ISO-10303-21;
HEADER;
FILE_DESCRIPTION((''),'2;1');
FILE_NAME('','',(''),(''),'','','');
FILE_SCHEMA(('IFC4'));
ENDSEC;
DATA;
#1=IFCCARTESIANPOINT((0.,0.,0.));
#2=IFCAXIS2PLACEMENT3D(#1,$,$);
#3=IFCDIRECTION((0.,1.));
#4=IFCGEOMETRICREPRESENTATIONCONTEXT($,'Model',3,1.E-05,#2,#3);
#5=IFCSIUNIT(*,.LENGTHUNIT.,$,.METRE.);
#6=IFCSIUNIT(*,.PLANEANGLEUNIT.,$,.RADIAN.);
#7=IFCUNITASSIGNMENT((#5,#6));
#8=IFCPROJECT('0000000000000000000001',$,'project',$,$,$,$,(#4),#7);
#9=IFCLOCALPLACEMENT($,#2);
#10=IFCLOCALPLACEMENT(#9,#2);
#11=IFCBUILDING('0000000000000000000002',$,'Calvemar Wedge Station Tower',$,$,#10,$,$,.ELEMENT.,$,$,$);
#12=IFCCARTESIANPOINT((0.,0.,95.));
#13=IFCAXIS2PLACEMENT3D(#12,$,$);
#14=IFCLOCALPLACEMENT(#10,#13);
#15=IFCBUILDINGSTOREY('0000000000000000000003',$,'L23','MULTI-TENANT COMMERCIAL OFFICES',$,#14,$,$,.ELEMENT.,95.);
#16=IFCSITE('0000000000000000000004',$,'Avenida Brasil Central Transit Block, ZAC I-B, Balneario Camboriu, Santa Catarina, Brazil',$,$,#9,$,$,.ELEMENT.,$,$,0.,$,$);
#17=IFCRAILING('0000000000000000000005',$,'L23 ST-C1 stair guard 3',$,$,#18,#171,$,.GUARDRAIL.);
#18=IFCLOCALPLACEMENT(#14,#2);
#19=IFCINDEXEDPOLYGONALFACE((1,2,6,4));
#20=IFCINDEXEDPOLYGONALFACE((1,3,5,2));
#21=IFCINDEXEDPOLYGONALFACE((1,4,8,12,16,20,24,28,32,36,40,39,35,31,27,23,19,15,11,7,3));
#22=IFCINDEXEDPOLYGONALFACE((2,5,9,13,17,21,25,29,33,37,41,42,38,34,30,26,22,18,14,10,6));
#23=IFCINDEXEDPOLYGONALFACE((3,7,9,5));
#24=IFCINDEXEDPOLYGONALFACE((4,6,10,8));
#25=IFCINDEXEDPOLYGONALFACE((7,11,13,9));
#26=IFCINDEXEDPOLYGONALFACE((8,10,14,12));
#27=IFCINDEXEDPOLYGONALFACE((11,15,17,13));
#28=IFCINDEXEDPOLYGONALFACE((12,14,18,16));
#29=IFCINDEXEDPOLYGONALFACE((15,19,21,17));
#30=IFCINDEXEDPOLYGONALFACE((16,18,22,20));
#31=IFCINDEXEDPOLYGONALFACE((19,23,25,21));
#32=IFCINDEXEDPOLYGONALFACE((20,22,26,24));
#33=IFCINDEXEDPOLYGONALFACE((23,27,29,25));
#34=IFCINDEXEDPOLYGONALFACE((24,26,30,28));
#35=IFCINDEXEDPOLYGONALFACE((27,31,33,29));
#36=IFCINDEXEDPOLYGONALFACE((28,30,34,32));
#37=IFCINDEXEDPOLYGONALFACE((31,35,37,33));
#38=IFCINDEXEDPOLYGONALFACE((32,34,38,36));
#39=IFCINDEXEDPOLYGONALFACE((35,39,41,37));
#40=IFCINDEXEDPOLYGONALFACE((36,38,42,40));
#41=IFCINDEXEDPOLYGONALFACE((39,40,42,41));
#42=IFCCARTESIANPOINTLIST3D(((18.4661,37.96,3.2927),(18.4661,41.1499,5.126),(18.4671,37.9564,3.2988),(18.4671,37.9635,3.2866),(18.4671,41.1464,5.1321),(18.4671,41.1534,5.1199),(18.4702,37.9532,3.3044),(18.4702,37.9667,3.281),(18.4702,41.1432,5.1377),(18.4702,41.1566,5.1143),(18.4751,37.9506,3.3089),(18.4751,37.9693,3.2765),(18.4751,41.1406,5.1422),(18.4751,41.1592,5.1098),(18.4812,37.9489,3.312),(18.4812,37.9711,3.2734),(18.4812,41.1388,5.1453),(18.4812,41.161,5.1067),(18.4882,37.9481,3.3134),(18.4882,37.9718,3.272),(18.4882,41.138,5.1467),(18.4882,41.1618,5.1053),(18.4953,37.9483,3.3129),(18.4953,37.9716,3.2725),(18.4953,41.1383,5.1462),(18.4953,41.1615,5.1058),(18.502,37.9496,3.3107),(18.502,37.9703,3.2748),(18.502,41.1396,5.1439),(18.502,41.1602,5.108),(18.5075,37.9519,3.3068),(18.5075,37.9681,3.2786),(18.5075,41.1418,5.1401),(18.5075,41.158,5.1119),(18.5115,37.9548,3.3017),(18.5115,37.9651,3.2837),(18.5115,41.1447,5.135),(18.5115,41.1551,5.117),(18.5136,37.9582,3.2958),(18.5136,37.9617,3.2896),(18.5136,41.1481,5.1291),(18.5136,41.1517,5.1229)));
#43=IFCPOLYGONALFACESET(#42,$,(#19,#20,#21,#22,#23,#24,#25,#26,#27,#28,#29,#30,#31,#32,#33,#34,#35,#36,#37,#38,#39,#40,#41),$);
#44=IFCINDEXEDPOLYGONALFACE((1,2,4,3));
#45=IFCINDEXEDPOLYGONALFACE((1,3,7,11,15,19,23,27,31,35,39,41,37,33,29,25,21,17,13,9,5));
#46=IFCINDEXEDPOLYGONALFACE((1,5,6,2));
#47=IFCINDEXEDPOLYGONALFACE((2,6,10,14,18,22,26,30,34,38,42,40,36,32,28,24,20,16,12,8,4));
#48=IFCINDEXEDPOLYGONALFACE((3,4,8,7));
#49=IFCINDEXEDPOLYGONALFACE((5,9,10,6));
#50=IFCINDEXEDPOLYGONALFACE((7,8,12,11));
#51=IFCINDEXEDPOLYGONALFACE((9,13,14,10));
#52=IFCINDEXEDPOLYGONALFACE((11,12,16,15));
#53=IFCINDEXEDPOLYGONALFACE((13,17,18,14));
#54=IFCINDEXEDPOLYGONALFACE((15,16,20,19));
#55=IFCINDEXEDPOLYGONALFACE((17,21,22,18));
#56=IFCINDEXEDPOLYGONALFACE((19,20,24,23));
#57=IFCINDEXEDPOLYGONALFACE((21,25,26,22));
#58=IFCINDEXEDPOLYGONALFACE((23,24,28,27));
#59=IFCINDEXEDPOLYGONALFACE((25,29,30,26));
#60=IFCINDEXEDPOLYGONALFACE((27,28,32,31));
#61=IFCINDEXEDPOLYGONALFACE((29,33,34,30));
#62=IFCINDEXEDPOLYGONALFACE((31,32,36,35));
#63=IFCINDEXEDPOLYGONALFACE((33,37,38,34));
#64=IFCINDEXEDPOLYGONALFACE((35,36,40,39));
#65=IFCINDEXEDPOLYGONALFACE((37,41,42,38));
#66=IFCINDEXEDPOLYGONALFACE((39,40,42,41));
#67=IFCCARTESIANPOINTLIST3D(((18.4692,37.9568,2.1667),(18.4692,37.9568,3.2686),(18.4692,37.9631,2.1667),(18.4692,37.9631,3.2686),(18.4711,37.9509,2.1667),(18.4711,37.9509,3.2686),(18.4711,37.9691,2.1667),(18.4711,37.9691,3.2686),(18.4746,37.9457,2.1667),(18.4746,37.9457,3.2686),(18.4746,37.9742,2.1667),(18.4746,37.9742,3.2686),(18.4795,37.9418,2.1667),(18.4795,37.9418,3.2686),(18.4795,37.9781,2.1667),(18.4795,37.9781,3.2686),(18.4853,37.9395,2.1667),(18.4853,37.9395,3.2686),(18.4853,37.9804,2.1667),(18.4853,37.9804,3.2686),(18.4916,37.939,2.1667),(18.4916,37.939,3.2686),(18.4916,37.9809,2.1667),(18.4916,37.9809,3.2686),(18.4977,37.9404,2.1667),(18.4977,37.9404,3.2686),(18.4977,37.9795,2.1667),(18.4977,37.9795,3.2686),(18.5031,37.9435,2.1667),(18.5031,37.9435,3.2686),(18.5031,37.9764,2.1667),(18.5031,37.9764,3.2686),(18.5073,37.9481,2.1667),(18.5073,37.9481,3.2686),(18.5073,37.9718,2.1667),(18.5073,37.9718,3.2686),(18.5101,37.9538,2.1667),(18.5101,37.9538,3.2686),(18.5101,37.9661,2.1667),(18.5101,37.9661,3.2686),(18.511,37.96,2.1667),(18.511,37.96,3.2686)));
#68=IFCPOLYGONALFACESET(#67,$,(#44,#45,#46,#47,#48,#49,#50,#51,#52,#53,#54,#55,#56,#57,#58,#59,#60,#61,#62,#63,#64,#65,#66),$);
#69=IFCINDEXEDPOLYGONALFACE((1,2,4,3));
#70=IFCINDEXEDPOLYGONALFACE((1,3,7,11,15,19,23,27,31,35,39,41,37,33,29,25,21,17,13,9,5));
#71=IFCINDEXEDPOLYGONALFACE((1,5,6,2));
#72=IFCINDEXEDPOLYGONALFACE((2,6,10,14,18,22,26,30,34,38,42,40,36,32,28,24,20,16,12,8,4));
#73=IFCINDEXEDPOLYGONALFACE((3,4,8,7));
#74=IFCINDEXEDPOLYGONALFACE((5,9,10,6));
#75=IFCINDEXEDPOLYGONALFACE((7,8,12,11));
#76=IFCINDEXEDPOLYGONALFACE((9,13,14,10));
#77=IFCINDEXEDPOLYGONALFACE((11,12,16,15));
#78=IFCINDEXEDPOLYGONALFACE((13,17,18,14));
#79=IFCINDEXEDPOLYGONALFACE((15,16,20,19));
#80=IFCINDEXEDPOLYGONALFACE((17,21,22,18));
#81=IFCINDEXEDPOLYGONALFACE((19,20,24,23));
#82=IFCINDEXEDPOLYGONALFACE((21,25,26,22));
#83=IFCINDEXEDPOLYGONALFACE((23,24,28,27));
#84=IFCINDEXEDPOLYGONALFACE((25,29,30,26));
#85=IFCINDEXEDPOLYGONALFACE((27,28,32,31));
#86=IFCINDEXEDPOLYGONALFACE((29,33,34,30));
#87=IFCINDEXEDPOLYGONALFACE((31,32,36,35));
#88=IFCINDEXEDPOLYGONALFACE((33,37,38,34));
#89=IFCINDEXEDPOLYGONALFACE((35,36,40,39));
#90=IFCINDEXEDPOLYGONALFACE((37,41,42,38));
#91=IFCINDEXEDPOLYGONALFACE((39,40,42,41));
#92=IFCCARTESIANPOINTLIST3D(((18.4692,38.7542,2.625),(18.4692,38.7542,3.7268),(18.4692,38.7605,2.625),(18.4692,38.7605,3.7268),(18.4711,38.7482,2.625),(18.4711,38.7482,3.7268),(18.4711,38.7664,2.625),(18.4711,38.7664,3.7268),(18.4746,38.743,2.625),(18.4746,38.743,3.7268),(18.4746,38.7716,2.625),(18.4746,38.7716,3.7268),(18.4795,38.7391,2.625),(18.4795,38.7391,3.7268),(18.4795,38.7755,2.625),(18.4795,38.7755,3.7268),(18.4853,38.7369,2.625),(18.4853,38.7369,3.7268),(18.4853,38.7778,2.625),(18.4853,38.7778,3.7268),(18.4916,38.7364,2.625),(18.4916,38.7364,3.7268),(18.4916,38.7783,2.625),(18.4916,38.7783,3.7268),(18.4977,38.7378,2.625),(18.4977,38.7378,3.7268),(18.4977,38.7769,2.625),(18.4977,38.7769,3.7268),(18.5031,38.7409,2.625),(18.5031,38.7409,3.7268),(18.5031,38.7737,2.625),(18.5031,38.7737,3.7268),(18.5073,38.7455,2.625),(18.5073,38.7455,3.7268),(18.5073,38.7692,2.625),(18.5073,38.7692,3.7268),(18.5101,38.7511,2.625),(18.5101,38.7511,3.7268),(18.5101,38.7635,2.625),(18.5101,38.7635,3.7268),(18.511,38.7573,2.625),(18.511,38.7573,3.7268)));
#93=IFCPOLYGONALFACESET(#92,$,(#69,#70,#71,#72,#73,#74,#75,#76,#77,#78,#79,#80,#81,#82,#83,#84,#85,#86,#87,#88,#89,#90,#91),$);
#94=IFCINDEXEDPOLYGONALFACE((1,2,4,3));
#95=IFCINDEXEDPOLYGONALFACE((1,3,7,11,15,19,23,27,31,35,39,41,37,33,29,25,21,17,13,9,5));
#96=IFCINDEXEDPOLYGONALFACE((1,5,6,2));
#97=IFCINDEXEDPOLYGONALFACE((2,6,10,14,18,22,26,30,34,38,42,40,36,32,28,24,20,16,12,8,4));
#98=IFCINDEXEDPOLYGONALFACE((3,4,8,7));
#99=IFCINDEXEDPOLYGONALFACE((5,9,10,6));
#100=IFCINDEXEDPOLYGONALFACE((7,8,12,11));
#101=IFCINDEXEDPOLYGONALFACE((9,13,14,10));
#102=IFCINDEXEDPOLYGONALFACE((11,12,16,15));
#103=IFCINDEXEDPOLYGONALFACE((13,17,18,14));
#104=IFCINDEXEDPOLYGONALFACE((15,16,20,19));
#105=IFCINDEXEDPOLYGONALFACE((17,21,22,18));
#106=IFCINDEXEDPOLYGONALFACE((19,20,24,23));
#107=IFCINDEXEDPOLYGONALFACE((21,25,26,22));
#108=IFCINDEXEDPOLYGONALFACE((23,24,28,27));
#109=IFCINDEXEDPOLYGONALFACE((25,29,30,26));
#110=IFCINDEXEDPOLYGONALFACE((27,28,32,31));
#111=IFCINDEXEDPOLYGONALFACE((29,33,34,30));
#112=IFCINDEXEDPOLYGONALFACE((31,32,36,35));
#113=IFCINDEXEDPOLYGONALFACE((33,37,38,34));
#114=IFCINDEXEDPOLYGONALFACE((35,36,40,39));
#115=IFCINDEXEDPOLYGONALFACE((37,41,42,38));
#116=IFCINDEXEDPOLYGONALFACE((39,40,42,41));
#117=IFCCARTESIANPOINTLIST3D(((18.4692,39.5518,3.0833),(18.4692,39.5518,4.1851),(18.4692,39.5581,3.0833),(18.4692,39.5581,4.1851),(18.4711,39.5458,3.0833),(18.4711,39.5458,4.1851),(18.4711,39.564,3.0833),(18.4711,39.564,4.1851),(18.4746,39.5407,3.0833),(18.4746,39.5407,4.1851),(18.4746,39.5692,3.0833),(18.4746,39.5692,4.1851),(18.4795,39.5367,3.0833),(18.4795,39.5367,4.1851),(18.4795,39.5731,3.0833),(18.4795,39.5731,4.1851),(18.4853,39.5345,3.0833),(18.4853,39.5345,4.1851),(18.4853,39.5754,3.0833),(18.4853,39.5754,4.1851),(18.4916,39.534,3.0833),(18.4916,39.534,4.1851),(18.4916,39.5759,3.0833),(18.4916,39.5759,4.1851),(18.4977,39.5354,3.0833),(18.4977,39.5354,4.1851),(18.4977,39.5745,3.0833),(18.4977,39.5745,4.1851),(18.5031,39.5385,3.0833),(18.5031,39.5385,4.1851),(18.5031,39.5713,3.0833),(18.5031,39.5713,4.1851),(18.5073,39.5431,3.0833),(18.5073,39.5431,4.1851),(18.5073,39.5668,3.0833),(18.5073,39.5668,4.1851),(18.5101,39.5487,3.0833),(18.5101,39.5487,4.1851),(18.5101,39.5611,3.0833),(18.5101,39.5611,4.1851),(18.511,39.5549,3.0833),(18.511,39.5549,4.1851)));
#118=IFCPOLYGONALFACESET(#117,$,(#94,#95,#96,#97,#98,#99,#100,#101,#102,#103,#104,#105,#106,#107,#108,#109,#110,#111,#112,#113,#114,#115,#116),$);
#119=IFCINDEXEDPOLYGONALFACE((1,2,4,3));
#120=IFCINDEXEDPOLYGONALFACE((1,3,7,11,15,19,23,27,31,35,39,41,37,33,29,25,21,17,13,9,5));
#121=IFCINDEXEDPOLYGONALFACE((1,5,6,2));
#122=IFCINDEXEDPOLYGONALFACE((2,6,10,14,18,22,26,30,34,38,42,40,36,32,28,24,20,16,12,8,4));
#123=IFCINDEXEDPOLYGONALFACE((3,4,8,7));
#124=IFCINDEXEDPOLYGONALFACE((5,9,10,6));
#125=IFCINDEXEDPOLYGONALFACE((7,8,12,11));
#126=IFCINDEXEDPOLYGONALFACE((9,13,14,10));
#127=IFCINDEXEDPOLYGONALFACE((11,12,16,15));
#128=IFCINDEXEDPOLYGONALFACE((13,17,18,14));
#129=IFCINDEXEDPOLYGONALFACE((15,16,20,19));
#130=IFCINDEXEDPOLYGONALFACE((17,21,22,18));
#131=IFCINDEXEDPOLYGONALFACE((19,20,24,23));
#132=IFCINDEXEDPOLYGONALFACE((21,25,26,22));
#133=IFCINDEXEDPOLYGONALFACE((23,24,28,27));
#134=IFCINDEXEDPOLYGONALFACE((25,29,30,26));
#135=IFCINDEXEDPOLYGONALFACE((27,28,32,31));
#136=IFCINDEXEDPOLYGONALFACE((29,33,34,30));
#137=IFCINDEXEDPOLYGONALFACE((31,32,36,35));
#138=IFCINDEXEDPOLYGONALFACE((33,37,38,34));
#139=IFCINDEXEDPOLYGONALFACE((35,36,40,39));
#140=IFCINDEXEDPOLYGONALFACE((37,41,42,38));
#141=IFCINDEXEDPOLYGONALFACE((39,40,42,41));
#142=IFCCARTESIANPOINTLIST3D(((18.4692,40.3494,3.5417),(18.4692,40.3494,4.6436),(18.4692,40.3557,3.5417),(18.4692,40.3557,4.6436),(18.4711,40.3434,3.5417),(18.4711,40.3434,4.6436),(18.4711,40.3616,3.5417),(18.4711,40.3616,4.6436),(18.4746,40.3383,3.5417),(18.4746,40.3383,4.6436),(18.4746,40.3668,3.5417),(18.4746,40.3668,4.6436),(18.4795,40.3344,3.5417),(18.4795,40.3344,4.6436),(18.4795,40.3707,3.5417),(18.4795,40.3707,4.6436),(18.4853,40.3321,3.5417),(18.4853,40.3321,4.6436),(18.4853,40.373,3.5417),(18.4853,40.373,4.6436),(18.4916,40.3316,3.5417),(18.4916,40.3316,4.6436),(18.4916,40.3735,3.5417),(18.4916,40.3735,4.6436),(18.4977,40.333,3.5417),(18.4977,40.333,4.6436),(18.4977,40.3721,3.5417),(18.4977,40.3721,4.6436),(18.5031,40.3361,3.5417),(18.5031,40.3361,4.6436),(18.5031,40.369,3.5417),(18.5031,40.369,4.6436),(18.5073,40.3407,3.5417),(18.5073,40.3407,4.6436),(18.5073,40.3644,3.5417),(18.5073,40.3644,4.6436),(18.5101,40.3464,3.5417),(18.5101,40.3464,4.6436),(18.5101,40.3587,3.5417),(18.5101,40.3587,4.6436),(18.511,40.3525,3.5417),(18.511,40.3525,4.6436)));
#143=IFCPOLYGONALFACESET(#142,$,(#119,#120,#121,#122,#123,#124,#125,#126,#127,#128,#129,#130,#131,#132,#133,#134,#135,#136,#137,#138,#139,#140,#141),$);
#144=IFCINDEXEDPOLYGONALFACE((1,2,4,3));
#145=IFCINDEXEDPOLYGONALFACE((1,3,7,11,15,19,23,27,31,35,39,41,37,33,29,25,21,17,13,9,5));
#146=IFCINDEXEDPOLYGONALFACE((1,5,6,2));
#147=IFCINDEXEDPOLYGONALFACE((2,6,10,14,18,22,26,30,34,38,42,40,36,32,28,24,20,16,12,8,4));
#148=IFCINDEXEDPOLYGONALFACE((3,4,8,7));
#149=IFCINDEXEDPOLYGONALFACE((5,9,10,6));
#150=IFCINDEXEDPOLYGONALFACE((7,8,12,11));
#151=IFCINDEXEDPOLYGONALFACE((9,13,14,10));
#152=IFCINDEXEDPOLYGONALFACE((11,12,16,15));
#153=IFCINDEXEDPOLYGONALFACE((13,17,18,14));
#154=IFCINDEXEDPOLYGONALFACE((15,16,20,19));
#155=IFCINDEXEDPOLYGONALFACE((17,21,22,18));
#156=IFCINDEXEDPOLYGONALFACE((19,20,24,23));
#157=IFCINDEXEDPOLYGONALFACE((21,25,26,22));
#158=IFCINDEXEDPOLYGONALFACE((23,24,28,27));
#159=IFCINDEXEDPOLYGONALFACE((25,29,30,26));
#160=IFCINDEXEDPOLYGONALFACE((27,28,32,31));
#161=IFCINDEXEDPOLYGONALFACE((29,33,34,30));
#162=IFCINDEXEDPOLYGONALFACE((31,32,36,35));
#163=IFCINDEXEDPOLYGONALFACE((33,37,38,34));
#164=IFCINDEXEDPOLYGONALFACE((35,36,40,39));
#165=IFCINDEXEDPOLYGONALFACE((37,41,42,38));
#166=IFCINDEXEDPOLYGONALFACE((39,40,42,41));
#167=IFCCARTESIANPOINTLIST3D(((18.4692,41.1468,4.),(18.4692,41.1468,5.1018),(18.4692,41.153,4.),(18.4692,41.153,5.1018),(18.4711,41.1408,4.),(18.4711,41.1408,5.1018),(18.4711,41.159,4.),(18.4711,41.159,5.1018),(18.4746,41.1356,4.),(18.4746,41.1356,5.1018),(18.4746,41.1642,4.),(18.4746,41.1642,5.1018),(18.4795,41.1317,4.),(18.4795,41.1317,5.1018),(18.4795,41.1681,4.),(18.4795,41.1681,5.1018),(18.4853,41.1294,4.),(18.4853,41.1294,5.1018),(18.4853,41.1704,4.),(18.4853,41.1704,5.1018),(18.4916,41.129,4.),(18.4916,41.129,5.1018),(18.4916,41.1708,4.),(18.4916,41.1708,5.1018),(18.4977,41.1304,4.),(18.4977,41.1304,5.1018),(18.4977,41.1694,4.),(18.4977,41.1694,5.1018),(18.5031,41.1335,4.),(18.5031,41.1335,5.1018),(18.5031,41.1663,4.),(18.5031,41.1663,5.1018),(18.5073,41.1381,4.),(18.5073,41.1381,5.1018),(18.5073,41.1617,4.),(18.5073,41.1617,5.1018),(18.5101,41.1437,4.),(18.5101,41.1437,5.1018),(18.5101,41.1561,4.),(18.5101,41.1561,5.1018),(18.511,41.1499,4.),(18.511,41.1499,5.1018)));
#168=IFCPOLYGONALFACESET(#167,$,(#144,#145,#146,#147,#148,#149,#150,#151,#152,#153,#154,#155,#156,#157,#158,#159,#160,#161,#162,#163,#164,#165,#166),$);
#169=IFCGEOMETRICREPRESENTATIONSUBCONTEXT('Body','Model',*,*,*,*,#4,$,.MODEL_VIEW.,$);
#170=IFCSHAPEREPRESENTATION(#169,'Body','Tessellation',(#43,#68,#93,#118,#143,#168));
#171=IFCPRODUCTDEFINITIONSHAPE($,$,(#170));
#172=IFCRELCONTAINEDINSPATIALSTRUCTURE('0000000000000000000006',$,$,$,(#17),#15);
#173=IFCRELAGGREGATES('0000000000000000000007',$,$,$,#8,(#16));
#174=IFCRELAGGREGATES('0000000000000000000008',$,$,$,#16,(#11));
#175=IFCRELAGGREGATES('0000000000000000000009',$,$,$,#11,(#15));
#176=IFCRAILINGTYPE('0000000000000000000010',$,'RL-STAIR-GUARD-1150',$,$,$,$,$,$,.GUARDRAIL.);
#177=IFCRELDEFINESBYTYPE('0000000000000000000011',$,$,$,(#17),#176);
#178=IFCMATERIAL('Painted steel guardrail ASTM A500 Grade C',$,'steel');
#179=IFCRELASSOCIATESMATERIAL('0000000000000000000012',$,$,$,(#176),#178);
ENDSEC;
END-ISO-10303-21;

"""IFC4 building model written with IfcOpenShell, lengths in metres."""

from ifc_helpers import new_model, si_unit, direction, frame, origin, origin_2d, place, context, subcontext, project, spatial, circle, extrude, material, type_object, element, save


model = new_model("IFC4")

# Units and contexts
model_context = context("Model", 3, precision=1e-05, world=origin(), true_north=direction((0.0, 1.0)))
body_context = subcontext(model_context, "Body", "Model", "MODEL_VIEW")
ifc_project = project(units=[si_unit("LENGTHUNIT", "METRE"), si_unit("PLANEANGLEUNIT", "RADIAN")], contexts=[model_context])

# Site, building, storey
site_placement = place(None, origin())
site = spatial("IfcSite", under=ifc_project, at=site_placement, Name="Avenida Brasil Central Transit Block, ZAC I-B, Balneario Camboriu, Santa Catarina, Brazil", CompositionType="ELEMENT", RefElevation=0.0)
building_placement = place(site_placement, origin())
building = spatial("IfcBuilding", under=site, at=building_placement, Name="Calvemar Wedge Station Tower", CompositionType="ELEMENT")
storey_placement = place(building_placement, frame((0.0, 0.0, 95.0)))
storey = spatial("IfcBuildingStorey", under=building, at=storey_placement, Name="L23", Description="MULTI-TENANT COMMERCIAL OFFICES", CompositionType="ELEMENT", Elevation=95.0)

# Railing
ifc_material_1 = material(Name="Painted steel guardrail ASTM A500 Grade C", Category="steel")
railing_type_1 = type_object("IfcRailingType", Name="RL-STAIR-GUARD-1150", PredefinedType="GUARDRAIL", material=ifc_material_1)
railing_1_placement = place(storey_placement, frame((18.49, 37.96, 2.1667)))
element("IfcRailing", 1, at=railing_1_placement, inside=storey, type_object=railing_type_1, Name="L23 ST-C1 stair guard 3", PredefinedType="GUARDRAIL", context=body_context, shape_type="SweptSolid", body=[
    extrude(circle(Radius=0.0239, at=origin_2d()), frame((0.0, 0.0, 1.126), z_axis=(0.0, 0.86702, 0.498274), x_axis=(-1.0, 0.0, 0.0)), (0.0, 0.0, 1.0), 3.6792),
    extrude(circle(Radius=0.021, at=origin_2d()), origin(), (0.0, 0.0, 1.0), 1.1018),
    extrude(circle(Radius=0.021, at=origin_2d()), frame((0.0, 0.7974, 0.4583)), (0.0, 0.0, 1.0), 1.1018),
    extrude(circle(Radius=0.021, at=origin_2d()), frame((0.0, 1.595, 0.9165)), (0.0, 0.0, 1.0), 1.1018),
    extrude(circle(Radius=0.021, at=origin_2d()), frame((0.0, 2.3926, 1.375)), (0.0, 0.0, 1.0), 1.1018),
    extrude(circle(Radius=0.021, at=origin_2d()), frame((0.0, 3.1899, 1.8333)), (0.0, 0.0, 1.0), 1.1018),
])

save(model, "model.ifc")
